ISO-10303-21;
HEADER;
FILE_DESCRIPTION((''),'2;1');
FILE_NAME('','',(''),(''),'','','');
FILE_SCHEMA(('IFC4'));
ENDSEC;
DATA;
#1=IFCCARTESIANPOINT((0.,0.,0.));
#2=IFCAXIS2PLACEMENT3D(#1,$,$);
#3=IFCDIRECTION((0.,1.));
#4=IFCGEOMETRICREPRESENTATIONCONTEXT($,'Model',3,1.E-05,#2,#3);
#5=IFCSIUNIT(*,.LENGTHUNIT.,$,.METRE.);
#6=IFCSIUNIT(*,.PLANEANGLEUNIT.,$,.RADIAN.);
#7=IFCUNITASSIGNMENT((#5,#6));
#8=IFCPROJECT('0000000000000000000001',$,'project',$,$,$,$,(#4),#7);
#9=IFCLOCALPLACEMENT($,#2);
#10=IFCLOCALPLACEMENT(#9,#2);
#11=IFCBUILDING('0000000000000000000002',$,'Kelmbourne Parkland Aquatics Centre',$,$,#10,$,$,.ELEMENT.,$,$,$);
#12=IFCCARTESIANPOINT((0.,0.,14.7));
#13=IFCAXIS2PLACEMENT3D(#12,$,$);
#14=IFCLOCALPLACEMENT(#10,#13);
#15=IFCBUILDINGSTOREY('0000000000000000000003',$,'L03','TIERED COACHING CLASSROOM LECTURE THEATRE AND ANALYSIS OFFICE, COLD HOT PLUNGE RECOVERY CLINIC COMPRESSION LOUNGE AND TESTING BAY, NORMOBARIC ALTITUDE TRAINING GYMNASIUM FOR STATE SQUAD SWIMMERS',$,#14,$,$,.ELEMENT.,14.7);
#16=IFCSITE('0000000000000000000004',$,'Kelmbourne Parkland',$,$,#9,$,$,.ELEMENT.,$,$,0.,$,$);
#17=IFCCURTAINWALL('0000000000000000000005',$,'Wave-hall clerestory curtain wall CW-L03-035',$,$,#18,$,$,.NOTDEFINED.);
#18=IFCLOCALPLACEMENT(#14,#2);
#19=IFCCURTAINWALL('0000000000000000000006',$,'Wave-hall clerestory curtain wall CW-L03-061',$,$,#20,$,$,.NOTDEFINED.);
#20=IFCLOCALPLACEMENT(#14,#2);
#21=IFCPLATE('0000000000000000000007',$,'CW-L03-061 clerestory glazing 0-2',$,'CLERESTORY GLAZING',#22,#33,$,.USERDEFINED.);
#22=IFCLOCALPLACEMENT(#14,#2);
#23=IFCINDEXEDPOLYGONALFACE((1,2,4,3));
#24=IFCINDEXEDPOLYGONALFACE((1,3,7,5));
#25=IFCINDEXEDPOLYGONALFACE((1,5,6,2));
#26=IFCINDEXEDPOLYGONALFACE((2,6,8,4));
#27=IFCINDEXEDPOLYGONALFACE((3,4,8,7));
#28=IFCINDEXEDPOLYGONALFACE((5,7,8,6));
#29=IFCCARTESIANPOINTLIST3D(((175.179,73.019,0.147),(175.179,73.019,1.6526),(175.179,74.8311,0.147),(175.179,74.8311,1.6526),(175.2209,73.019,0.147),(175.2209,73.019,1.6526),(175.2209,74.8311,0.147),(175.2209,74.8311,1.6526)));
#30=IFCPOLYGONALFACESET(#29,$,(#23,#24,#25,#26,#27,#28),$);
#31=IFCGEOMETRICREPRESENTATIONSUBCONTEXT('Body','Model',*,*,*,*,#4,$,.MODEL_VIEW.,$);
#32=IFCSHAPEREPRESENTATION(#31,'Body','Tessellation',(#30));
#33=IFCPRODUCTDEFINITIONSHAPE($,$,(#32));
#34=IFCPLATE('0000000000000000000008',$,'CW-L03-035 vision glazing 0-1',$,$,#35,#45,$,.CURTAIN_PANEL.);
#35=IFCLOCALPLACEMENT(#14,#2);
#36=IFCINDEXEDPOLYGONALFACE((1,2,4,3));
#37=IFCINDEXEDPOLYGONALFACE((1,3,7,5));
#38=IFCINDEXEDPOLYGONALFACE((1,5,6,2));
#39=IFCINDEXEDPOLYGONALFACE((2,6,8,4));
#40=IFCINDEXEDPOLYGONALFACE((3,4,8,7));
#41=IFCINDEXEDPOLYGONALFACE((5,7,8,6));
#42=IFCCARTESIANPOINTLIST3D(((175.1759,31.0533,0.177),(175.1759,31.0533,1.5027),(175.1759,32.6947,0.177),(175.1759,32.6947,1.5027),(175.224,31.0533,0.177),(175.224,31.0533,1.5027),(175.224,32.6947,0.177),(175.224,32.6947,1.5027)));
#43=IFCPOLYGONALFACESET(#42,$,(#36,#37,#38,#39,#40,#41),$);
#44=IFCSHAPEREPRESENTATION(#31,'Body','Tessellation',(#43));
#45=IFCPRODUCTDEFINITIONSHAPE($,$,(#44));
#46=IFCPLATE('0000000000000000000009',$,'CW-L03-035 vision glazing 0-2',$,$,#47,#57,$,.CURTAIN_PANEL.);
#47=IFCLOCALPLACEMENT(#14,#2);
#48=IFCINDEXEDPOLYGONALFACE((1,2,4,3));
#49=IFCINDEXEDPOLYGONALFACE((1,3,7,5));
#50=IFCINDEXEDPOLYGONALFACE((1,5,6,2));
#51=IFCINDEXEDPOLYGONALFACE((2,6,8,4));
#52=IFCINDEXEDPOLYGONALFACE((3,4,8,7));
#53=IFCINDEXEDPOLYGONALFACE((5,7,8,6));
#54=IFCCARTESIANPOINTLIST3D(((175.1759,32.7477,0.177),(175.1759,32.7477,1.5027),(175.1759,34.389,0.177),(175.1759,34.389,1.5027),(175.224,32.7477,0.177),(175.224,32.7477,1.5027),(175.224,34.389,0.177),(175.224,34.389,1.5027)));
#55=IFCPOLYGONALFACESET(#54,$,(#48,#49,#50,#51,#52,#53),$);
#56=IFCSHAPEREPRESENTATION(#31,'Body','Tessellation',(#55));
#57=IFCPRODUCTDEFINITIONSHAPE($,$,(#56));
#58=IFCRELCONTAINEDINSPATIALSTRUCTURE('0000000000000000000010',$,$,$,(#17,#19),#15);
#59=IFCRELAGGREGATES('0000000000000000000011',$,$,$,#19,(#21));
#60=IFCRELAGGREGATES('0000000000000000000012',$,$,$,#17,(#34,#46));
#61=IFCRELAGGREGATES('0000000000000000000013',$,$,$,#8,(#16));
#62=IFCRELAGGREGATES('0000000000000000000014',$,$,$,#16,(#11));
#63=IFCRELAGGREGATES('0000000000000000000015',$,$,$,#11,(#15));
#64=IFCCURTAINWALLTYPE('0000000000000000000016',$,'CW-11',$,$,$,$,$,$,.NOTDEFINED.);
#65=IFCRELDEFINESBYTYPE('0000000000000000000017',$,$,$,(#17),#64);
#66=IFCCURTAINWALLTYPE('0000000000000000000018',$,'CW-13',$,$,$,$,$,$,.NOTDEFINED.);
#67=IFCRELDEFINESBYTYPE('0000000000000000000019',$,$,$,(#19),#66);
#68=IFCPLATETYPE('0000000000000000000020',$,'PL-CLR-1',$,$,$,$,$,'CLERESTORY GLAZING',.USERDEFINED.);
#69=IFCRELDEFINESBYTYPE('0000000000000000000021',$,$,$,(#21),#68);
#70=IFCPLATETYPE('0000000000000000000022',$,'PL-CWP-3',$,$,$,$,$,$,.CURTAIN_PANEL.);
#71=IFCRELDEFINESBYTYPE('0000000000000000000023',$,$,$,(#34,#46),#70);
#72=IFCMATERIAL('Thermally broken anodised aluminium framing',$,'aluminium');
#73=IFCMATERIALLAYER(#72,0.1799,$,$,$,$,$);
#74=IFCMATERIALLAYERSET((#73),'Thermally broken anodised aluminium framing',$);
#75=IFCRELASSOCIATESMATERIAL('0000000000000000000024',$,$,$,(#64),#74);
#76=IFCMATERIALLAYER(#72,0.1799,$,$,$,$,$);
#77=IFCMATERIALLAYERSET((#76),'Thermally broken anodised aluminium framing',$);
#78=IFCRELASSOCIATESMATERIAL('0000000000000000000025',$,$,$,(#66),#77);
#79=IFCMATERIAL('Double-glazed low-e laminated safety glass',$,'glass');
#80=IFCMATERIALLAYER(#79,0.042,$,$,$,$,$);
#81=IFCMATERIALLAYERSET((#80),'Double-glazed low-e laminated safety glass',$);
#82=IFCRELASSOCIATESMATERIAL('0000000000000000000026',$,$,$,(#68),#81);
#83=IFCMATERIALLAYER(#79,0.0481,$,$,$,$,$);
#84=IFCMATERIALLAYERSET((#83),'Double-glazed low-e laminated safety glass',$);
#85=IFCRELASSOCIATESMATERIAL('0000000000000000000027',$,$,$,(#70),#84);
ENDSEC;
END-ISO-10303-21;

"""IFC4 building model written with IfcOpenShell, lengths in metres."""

from ifc_helpers import new_model, si_unit, direction, frame, origin, origin_2d, place, context, subcontext, project, spatial, rectangle, extrude, material, layer, layer_set, type_object, element, aggregate, save


model = new_model("IFC4")

# Units and contexts
model_context = context("Model", 3, precision=1e-05, world=origin(), true_north=direction((0.0, 1.0)))
body_context = subcontext(model_context, "Body", "Model", "MODEL_VIEW")
ifc_project = project(units=[si_unit("LENGTHUNIT", "METRE"), si_unit("PLANEANGLEUNIT", "RADIAN")], contexts=[model_context])

# Site, building, storey
site_placement = place(None, origin())
site = spatial("IfcSite", under=ifc_project, at=site_placement, Name="Kelmbourne Parkland", CompositionType="ELEMENT", RefElevation=0.0)
building_placement = place(site_placement, origin())
building = spatial("IfcBuilding", under=site, at=building_placement, Name="Kelmbourne Parkland Aquatics Centre", CompositionType="ELEMENT")
storey_placement = place(building_placement, frame((0.0, 0.0, 14.7)))
storey = spatial("IfcBuildingStorey", under=building, at=storey_placement, Name="L03", Description="TIERED COACHING CLASSROOM LECTURE THEATRE AND ANALYSIS OFFICE, COLD HOT PLUNGE RECOVERY CLINIC COMPRESSION LOUNGE AND TESTING BAY, NORMOBARIC ALTITUDE TRAINING GYMNASIUM FOR STATE SQUAD SWIMMERS", CompositionType="ELEMENT", Elevation=14.7)

# Curtain walls
ifc_material_1 = material(Name="Thermally broken anodised aluminium framing", Category="aluminium")
ifc_layer_1 = layer(ifc_material_1, 0.1799)
ifc_layer_set_1 = layer_set([ifc_layer_1], Name="Thermally broken anodised aluminium framing")
curtain_wall_type_1 = type_object("IfcCurtainWallType", Name="CW-11", PredefinedType="NOTDEFINED", material=ifc_layer_set_1)
curtain_wall_1_placement = place(storey_placement, origin())
curtain_wall_1 = element("IfcCurtainWall", 1, at=curtain_wall_1_placement, inside=storey, type_object=curtain_wall_type_1, Name="Wave-hall clerestory curtain wall CW-L03-035", PredefinedType="NOTDEFINED")
ifc_layer_2 = layer(ifc_material_1, 0.1799)
ifc_layer_set_2 = layer_set([ifc_layer_2], Name="Thermally broken anodised aluminium framing")
curtain_wall_type_2 = type_object("IfcCurtainWallType", Name="CW-13", PredefinedType="NOTDEFINED", material=ifc_layer_set_2)
curtain_wall_2_placement = place(storey_placement, origin())
curtain_wall_2 = element("IfcCurtainWall", 2, at=curtain_wall_2_placement, inside=storey, type_object=curtain_wall_type_2, Name="Wave-hall clerestory curtain wall CW-L03-061", PredefinedType="NOTDEFINED")

# Plates
ifc_material_2 = material(Name="Double-glazed low-e laminated safety glass", Category="glass")
ifc_layer_3 = layer(ifc_material_2, 0.042)
ifc_layer_set_3 = layer_set([ifc_layer_3], Name="Double-glazed low-e laminated safety glass")
plate_type_1 = type_object("IfcPlateType", Name="PL-CLR-1", ElementType="CLERESTORY GLAZING", PredefinedType="USERDEFINED", material=ifc_layer_set_3)
plate_1_placement = place(storey_placement, frame((175.2, 73.925, 0.147), z_axis=(0.0, 0.0, 1.0), x_axis=(0.0, 1.0, 0.0)))
plate_1 = element("IfcPlate", 3, at=plate_1_placement, type_object=plate_type_1, Name="CW-L03-061 clerestory glazing 0-2", ObjectType="CLERESTORY GLAZING", PredefinedType="USERDEFINED", context=body_context, shape_type="SweptSolid", body=[
    extrude(rectangle(XDim=1.812, YDim=0.042, at=origin_2d()), origin(), (0.0, 0.0, 1.0), 1.5056),
])
aggregate(curtain_wall_2, [plate_1])
ifc_layer_4 = layer(ifc_material_2, 0.0481)
ifc_layer_set_4 = layer_set([ifc_layer_4], Name="Double-glazed low-e laminated safety glass")
plate_type_2 = type_object("IfcPlateType", Name="PL-CWP-3", PredefinedType="CURTAIN_PANEL", material=ifc_layer_set_4)
plate_2_placement = place(storey_placement, frame((175.2, 31.874, 0.177), z_axis=(0.0, 0.0, 1.0), x_axis=(0.0, 1.0, 0.0)))
plate_2 = element("IfcPlate", 4, at=plate_2_placement, type_object=plate_type_2, Name="CW-L03-035 vision glazing 0-1", PredefinedType="CURTAIN_PANEL", context=body_context, shape_type="SweptSolid", body=[
    extrude(rectangle(XDim=1.6414, YDim=0.0481, at=origin_2d()), origin(), (0.0, 0.0, 1.0), 1.3257),
])
plate_3_placement = place(storey_placement, frame((175.2, 33.5684, 0.177), z_axis=(0.0, 0.0, 1.0), x_axis=(0.0, 1.0, 0.0)))
plate_3 = element("IfcPlate", 5, at=plate_3_placement, type_object=plate_type_2, Name="CW-L03-035 vision glazing 0-2", PredefinedType="CURTAIN_PANEL", context=body_context, shape_type="SweptSolid", body=[
    extrude(rectangle(XDim=1.6414, YDim=0.0481, at=origin_2d()), origin(), (0.0, 0.0, 1.0), 1.3257),
])
aggregate(curtain_wall_1, [plate_2, plate_3])

save(model, "model.ifc")
